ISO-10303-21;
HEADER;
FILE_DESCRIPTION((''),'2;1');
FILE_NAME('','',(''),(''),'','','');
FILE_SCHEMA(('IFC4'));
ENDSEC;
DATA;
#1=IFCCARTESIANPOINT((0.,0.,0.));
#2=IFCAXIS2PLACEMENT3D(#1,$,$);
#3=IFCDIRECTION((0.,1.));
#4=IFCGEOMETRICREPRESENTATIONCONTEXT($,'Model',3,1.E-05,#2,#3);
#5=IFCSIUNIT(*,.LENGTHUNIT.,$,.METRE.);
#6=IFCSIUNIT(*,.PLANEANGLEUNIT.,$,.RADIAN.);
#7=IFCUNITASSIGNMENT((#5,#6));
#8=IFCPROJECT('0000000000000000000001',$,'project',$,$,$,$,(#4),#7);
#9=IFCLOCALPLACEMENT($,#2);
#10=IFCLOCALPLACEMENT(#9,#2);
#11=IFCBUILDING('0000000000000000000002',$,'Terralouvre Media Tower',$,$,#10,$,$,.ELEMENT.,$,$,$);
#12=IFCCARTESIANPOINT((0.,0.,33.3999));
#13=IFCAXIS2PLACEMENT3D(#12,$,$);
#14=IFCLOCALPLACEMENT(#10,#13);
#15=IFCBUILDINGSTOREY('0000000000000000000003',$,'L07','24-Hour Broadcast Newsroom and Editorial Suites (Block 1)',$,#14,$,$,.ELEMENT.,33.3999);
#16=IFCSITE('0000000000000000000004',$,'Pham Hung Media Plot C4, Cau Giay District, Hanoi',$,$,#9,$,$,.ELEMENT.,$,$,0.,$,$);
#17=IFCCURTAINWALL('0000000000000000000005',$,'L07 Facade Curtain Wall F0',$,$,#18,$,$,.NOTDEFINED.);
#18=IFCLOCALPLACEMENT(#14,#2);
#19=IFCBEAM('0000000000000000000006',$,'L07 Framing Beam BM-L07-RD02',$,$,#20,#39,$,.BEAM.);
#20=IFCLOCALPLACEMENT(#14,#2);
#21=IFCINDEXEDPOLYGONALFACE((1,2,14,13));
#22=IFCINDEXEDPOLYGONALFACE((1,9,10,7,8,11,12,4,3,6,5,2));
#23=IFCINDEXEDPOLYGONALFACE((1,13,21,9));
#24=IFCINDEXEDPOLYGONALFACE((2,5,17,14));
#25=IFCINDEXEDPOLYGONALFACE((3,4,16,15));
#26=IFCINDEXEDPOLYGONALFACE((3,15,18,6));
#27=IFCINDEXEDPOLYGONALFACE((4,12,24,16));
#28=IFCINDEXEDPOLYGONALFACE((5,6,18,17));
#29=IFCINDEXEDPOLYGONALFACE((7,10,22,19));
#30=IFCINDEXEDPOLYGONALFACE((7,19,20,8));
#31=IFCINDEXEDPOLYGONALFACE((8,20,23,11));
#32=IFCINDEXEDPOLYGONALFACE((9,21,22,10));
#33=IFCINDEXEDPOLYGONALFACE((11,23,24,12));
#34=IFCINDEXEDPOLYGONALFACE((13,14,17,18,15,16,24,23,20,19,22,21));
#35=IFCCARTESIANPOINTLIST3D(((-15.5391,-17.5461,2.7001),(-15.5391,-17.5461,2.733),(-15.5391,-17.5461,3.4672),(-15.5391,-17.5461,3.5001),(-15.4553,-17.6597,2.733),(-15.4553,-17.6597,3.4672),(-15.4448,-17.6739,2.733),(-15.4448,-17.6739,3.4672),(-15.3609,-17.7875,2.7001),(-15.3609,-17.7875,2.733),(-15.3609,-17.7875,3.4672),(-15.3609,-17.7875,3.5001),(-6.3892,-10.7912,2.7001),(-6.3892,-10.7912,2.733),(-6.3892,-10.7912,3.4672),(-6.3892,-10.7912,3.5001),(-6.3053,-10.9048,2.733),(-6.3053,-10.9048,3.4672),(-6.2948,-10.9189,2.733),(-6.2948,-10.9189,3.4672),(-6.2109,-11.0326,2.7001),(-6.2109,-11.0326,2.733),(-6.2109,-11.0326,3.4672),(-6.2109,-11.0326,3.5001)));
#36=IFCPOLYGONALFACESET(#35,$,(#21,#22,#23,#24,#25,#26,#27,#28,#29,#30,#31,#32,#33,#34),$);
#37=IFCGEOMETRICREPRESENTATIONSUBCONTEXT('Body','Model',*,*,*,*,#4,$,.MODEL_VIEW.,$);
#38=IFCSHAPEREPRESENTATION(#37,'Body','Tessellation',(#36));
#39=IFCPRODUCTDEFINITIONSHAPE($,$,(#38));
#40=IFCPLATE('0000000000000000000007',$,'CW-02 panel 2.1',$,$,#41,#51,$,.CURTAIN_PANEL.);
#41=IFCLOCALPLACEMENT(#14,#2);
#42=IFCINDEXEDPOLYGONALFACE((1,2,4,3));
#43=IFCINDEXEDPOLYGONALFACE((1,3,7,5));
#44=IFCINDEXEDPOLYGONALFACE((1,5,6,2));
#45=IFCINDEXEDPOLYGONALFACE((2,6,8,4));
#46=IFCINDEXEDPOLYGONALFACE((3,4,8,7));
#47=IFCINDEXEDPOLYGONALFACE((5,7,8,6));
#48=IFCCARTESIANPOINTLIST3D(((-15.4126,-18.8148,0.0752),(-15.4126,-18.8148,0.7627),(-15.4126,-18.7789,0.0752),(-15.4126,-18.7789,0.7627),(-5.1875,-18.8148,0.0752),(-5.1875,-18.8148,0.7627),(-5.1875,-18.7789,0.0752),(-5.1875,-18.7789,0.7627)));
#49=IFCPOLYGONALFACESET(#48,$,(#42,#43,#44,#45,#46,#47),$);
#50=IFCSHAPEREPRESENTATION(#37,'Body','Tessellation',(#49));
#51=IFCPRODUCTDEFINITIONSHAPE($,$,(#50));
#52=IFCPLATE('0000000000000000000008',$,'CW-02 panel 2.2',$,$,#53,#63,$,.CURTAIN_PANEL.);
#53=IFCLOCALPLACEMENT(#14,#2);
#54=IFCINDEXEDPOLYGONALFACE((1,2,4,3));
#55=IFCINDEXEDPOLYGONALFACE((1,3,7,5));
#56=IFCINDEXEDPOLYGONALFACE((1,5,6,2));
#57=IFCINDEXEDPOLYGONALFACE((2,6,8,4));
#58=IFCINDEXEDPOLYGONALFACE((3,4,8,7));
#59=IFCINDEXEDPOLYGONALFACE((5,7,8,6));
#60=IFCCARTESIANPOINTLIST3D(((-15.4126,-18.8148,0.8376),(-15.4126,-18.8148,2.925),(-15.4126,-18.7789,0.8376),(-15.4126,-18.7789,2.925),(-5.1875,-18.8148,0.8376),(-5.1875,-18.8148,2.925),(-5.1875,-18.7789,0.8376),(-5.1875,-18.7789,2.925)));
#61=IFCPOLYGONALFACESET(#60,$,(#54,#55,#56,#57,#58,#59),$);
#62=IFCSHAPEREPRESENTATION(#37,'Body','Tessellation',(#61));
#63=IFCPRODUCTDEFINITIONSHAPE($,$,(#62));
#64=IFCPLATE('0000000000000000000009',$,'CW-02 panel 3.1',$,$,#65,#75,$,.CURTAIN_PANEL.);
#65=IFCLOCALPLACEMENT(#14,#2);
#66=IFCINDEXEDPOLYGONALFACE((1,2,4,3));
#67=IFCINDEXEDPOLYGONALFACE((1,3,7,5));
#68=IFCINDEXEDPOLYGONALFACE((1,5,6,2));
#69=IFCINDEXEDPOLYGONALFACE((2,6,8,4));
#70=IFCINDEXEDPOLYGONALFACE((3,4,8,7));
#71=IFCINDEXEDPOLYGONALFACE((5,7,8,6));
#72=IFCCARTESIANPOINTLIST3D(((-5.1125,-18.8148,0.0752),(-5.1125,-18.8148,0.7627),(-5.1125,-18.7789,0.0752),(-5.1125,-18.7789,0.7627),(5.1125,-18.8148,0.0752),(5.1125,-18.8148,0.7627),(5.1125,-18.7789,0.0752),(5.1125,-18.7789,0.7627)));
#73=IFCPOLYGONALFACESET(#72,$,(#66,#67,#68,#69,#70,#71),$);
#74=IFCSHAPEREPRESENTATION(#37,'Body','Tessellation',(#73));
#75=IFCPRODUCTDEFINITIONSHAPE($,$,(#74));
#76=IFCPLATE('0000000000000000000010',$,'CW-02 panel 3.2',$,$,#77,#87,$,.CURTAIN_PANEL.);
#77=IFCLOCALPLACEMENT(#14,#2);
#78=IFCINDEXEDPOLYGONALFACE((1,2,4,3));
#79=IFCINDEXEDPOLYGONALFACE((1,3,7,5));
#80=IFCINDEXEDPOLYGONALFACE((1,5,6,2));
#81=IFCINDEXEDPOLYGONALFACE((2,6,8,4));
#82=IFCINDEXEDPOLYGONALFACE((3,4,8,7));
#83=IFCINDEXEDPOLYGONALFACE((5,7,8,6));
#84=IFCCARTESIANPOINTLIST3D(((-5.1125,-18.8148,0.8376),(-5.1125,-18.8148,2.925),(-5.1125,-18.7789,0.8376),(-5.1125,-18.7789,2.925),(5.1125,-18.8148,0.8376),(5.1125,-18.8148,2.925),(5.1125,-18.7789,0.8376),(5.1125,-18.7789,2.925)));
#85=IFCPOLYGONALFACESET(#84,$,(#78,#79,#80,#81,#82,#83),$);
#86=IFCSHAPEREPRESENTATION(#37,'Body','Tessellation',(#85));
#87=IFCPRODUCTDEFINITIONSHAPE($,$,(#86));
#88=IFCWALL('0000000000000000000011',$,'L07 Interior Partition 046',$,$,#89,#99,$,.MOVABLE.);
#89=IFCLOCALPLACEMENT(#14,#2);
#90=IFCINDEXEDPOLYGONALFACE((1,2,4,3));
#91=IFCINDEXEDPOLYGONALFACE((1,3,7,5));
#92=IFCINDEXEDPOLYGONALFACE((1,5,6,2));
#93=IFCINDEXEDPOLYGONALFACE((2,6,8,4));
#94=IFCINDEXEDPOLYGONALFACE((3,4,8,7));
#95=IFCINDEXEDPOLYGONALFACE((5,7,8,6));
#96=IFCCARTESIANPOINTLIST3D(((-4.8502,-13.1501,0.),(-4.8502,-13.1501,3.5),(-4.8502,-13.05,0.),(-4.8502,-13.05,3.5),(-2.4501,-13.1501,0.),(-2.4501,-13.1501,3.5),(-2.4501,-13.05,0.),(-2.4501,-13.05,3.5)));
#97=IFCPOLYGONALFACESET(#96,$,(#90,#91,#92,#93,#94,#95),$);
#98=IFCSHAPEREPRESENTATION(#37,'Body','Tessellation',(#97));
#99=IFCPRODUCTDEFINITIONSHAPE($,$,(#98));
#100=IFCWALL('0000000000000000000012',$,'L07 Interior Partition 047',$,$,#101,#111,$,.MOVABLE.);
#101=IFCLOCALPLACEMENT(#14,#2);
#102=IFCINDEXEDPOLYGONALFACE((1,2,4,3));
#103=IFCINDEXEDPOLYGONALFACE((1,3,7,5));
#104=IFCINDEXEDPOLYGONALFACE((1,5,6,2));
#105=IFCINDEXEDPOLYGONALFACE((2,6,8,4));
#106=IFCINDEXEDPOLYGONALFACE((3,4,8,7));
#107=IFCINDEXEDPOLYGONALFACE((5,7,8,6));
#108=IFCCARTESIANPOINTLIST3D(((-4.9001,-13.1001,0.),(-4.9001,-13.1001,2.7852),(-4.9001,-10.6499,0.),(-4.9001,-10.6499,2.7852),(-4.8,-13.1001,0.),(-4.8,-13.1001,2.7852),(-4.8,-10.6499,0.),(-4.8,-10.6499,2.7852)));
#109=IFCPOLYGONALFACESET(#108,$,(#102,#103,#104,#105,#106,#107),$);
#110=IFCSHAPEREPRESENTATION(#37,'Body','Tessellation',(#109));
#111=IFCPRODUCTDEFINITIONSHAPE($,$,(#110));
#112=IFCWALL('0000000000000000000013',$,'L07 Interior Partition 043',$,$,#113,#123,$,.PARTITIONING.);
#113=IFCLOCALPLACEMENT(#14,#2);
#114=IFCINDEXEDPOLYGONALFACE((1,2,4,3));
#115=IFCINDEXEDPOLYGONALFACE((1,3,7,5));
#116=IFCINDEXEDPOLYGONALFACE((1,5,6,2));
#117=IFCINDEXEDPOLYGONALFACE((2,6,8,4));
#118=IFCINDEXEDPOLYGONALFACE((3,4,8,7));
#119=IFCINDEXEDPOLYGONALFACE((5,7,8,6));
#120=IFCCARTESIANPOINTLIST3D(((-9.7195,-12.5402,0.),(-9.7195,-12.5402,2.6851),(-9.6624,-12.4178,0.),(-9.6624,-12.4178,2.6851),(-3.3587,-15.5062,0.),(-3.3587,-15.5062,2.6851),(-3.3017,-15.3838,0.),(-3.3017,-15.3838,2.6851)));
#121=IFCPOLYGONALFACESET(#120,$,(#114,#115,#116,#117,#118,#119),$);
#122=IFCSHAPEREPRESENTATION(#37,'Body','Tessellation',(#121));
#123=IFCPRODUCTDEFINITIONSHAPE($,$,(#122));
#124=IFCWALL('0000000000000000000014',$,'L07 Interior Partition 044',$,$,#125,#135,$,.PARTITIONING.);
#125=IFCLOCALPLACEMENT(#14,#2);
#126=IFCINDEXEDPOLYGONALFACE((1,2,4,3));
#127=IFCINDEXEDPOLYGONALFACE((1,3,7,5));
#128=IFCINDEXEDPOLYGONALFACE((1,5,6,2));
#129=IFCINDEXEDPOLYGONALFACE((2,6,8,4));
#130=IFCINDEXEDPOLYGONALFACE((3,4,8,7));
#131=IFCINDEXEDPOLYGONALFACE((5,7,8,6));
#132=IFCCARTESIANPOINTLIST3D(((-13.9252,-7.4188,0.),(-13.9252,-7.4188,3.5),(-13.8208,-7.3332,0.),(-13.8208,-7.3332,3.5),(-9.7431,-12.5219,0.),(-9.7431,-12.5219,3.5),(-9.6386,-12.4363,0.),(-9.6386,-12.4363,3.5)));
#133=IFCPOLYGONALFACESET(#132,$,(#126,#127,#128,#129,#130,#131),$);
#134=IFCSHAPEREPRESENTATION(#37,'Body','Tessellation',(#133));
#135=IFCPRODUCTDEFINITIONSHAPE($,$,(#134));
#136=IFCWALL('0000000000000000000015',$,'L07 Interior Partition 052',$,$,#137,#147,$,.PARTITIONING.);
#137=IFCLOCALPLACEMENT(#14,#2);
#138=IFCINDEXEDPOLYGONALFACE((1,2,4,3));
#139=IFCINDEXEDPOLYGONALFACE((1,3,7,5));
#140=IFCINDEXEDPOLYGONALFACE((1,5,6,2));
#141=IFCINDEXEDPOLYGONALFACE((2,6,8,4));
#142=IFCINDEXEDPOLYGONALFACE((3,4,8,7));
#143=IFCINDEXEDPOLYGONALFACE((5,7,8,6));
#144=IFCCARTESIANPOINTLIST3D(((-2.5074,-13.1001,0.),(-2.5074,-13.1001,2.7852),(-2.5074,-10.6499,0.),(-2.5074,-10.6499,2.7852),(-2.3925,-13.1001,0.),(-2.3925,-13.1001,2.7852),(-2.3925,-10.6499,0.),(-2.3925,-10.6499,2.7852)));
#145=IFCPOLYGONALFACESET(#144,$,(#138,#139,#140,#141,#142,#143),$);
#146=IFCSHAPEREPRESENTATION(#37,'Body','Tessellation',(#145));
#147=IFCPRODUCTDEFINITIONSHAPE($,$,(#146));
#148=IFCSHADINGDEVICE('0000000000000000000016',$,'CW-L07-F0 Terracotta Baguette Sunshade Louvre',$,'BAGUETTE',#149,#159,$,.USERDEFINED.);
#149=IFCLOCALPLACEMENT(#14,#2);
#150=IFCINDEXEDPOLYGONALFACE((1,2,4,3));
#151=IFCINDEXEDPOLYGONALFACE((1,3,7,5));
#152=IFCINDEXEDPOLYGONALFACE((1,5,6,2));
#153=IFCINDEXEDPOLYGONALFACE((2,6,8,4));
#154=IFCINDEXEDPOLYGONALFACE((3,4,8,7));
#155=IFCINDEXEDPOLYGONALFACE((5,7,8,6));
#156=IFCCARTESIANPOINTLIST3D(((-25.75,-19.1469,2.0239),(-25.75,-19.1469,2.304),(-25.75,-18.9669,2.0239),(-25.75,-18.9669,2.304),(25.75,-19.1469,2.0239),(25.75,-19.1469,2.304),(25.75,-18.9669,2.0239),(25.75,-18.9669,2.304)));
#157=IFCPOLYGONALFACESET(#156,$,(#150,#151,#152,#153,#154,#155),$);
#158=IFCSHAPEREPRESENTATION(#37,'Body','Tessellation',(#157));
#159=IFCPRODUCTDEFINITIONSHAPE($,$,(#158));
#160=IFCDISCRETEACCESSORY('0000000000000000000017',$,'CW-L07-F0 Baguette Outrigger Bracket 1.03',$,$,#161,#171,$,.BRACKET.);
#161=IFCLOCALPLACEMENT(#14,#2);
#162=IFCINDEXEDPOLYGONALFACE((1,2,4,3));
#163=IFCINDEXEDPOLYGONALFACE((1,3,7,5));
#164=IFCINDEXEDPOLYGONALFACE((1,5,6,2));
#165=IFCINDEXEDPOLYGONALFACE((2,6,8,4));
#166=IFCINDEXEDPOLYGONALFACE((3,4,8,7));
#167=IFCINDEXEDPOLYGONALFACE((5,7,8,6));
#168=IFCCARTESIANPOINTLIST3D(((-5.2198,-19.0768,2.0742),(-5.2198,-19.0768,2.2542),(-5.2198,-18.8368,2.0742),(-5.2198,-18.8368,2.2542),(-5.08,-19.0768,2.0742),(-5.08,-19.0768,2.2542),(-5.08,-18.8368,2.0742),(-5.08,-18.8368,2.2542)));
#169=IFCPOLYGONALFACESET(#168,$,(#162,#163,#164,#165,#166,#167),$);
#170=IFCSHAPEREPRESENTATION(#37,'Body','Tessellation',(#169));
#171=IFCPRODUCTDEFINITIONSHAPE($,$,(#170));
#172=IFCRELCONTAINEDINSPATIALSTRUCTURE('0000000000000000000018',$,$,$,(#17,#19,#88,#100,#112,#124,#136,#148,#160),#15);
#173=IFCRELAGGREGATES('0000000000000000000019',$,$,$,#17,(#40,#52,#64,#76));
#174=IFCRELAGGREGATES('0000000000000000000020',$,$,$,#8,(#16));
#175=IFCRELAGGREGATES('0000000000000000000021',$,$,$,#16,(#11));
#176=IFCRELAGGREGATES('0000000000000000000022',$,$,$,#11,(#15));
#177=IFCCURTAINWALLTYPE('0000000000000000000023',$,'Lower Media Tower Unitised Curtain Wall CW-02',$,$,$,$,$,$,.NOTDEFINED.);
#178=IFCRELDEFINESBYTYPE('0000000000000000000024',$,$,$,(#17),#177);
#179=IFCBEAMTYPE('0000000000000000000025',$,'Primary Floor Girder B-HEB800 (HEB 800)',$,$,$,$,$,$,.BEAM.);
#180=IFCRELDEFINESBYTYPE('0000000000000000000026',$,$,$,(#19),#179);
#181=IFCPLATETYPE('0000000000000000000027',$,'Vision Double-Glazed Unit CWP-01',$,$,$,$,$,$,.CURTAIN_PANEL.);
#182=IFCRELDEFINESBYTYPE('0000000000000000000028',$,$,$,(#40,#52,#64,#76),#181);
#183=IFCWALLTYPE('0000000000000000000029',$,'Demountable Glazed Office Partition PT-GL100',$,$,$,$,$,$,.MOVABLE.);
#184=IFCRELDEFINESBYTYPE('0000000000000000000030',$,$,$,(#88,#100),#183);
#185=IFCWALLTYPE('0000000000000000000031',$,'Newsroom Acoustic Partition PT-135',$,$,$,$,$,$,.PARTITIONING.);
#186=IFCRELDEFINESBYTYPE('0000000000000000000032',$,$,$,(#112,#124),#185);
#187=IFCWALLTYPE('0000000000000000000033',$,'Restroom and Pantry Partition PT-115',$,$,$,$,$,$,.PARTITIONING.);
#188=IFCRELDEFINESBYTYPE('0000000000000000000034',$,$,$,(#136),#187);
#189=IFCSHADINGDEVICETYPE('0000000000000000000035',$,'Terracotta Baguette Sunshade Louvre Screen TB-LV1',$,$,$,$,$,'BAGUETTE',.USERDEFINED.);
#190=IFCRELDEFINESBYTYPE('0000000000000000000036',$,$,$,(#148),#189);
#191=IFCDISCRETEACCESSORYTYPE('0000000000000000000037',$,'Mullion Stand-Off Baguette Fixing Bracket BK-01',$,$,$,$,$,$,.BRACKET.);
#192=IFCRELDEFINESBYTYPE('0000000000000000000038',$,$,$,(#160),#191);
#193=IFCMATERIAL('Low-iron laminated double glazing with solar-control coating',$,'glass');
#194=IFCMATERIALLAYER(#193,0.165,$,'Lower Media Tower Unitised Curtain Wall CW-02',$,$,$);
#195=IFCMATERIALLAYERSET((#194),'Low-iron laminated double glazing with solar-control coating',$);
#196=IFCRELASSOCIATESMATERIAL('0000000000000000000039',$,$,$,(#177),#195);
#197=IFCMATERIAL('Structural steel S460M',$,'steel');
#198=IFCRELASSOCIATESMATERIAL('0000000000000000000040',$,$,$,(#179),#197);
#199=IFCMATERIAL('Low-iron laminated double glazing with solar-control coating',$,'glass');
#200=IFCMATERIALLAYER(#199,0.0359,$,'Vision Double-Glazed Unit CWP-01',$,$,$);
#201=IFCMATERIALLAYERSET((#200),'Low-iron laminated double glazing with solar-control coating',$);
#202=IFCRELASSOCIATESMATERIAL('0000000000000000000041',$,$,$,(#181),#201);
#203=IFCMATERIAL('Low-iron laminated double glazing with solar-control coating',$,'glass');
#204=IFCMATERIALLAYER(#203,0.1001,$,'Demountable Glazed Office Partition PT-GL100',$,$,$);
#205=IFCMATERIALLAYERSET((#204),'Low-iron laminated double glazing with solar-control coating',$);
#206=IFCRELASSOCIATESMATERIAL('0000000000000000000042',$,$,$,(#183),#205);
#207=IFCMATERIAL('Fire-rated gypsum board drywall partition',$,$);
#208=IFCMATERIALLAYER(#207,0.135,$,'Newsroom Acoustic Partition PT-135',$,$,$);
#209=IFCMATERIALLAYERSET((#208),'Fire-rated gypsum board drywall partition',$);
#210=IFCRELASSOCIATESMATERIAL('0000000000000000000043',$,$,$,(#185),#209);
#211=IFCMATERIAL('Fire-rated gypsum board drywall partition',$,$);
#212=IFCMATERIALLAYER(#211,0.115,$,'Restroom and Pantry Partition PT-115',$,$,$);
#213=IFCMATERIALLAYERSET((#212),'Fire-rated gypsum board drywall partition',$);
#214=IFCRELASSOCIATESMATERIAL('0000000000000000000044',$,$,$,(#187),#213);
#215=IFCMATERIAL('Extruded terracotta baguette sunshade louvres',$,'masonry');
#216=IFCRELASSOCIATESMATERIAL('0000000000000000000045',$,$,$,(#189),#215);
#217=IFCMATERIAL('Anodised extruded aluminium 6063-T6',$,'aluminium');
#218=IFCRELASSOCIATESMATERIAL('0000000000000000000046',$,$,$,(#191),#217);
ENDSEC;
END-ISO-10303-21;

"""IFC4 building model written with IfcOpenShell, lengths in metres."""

from ifc_helpers import new_model, si_unit, direction, frame, frame_2d, origin, origin_2d, place, context, subcontext, project, spatial, rectangle, i_section, extrude, material, layer, layer_set, material_profile, profile_set, type_object, element, aggregate, save


model = new_model("IFC4")

# Units and contexts
model_context = context("Model", 3, precision=1e-05, world=origin(), true_north=direction((0.0, 1.0)))
body_context = subcontext(model_context, "Body", "Model", "MODEL_VIEW")
ifc_project = project(units=[si_unit("LENGTHUNIT", "METRE"), si_unit("PLANEANGLEUNIT", "RADIAN")], contexts=[model_context])

# Site, building, storey
site_placement = place(None, origin())
site = spatial("IfcSite", under=ifc_project, at=site_placement, Name="Pham Hung Media Plot C4, Cau Giay District, Hanoi", CompositionType="ELEMENT", RefElevation=0.0)
building_placement = place(site_placement, origin())
building = spatial("IfcBuilding", under=site, at=building_placement, Name="Terralouvre Media Tower", CompositionType="ELEMENT")
storey_placement = place(building_placement, frame((0.0, 0.0, 33.3999)))
storey = spatial("IfcBuildingStorey", under=building, at=storey_placement, Name="L07", Description="24-Hour Broadcast Newsroom and Editorial Suites (Block 1)", CompositionType="ELEMENT", Elevation=33.3999)

# Curtain wall
ifc_material_1 = material(Name="Low-iron laminated double glazing with solar-control coating", Category="glass")
ifc_layer_1 = layer(ifc_material_1, 0.165, Name="Lower Media Tower Unitised Curtain Wall CW-02")
ifc_layer_set_1 = layer_set([ifc_layer_1], Name="Low-iron laminated double glazing with solar-control coating")
curtain_wall_type = type_object("IfcCurtainWallType", Name="Lower Media Tower Unitised Curtain Wall CW-02", PredefinedType="NOTDEFINED", material=ifc_layer_set_1)
curtain_wall_placement = place(storey_placement, origin())
curtain_wall = element("IfcCurtainWall", 1, at=curtain_wall_placement, inside=storey, type_object=curtain_wall_type, Name="L07 Facade Curtain Wall F0", PredefinedType="NOTDEFINED")

# Beam
ifc_material_2 = material(Name="Structural steel S460M", Category="steel")
ifc_material_profile_1 = material_profile(ifc_material_2, i_section(OverallWidth=0.3, OverallDepth=0.8, WebThickness=0.0176, FlangeThickness=0.033, at=origin_2d()), Name="HEB 800")
ifc_profile_set_1 = profile_set([ifc_material_profile_1], Name="Structural steel S460M")
beam_type_1 = type_object("IfcBeamType", Name="Primary Floor Girder B-HEB800 (HEB 800)", PredefinedType="BEAM", material=ifc_profile_set_1)
beam_1_placement = place(storey_placement, frame((-6.3, -10.9119, 3.1001), z_axis=(-0.804516, -0.593931, 0.0), x_axis=(0.593931, -0.804516, 0.0)))
element("IfcBeam", 2, at=beam_1_placement, inside=storey, type_object=beam_type_1, Name="L07 Framing Beam BM-L07-RD02", PredefinedType="BEAM", context=body_context, shape_type="SweptSolid", body=[
    extrude(i_section(OverallWidth=0.3, OverallDepth=0.8, WebThickness=0.0176, FlangeThickness=0.033, at=origin_2d()), origin(), (0.0, 0.0, 1.0), 11.3733),
])

# Plates
ifc_material_3 = material(Name="Low-iron laminated double glazing with solar-control coating", Category="glass")
ifc_layer_2 = layer(ifc_material_3, 0.0359, Name="Vision Double-Glazed Unit CWP-01")
ifc_layer_set_2 = layer_set([ifc_layer_2], Name="Low-iron laminated double glazing with solar-control coating")
plate_type = type_object("IfcPlateType", Name="Vision Double-Glazed Unit CWP-01", PredefinedType="CURTAIN_PANEL", material=ifc_layer_set_2)
plate_1_placement = place(storey_placement, frame((-10.3, -18.7969, 0.0752), z_axis=(0.0, 0.0, 1.0), x_axis=(1.0, 0.0, 0.0)))
plate_1 = element("IfcPlate", 3, at=plate_1_placement, type_object=plate_type, Name="CW-02 panel 2.1", PredefinedType="CURTAIN_PANEL", context=body_context, shape_type="SweptSolid", body=[
    extrude(rectangle(XDim=10.2251, YDim=0.0359, at=origin_2d()), origin(), (0.0, 0.0, 1.0), 0.6875),
])
plate_2_placement = place(storey_placement, frame((-10.3, -18.7969, 0.8376), z_axis=(0.0, 0.0, 1.0), x_axis=(1.0, 0.0, 0.0)))
plate_2 = element("IfcPlate", 4, at=plate_2_placement, type_object=plate_type, Name="CW-02 panel 2.2", PredefinedType="CURTAIN_PANEL", context=body_context, shape_type="SweptSolid", body=[
    extrude(rectangle(XDim=10.2251, YDim=0.0359, at=origin_2d()), origin(), (0.0, 0.0, 1.0), 2.0874),
])
plate_3_placement = place(storey_placement, frame((0.0, -18.7969, 0.0752), z_axis=(0.0, 0.0, 1.0), x_axis=(1.0, 0.0, 0.0)))
plate_3 = element("IfcPlate", 5, at=plate_3_placement, type_object=plate_type, Name="CW-02 panel 3.1", PredefinedType="CURTAIN_PANEL", context=body_context, shape_type="SweptSolid", body=[
    extrude(rectangle(XDim=10.2251, YDim=0.0359, at=origin_2d()), origin(), (0.0, 0.0, 1.0), 0.6875),
])
plate_4_placement = place(storey_placement, frame((0.0, -18.7969, 0.8376), z_axis=(0.0, 0.0, 1.0), x_axis=(1.0, 0.0, 0.0)))
plate_4 = element("IfcPlate", 6, at=plate_4_placement, type_object=plate_type, Name="CW-02 panel 3.2", PredefinedType="CURTAIN_PANEL", context=body_context, shape_type="SweptSolid", body=[
    extrude(rectangle(XDim=10.2251, YDim=0.0359, at=origin_2d()), origin(), (0.0, 0.0, 1.0), 2.0874),
])
aggregate(curtain_wall, [plate_1, plate_2, plate_3, plate_4])

# Walls
ifc_material_4 = material(Name="Low-iron laminated double glazing with solar-control coating", Category="glass")
ifc_layer_3 = layer(ifc_material_4, 0.1001, Name="Demountable Glazed Office Partition PT-GL100")
ifc_layer_set_3 = layer_set([ifc_layer_3], Name="Low-iron laminated double glazing with solar-control coating")
wall_type_1 = type_object("IfcWallType", Name="Demountable Glazed Office Partition PT-GL100", PredefinedType="MOVABLE", material=ifc_layer_set_3)
wall_1_placement = place(storey_placement, frame((-2.45, -13.1001, 0.0), z_axis=(0.0, 0.0, 1.0), x_axis=(-1.0, 0.0, 0.0)))
element("IfcWall", 7, at=wall_1_placement, inside=storey, type_object=wall_type_1, Name="L07 Interior Partition 046", PredefinedType="MOVABLE", context=body_context, shape_type="SweptSolid", body=[
    extrude(rectangle(XDim=2.4001, YDim=0.1001, at=frame_2d((1.2002, 0.0))), origin(), (0.0, 0.0, 1.0), 3.5),
])
wall_2_placement = place(storey_placement, frame((-4.8501, -13.1001, 0.0), z_axis=(0.0, 0.0, 1.0), x_axis=(0.0, 1.0, 0.0)))
element("IfcWall", 8, at=wall_2_placement, inside=storey, type_object=wall_type_1, Name="L07 Interior Partition 047", PredefinedType="MOVABLE", context=body_context, shape_type="SweptSolid", body=[
    extrude(rectangle(XDim=2.4502, YDim=0.1001, at=frame_2d((1.2251, 0.0))), origin(), (0.0, 0.0, 1.0), 2.7852),
])
ifc_material_5 = material(Name="Fire-rated gypsum board drywall partition")
ifc_layer_4 = layer(ifc_material_5, 0.135, Name="Newsroom Acoustic Partition PT-135")
ifc_layer_set_4 = layer_set([ifc_layer_4], Name="Fire-rated gypsum board drywall partition")
wall_type_2 = type_object("IfcWallType", Name="Newsroom Acoustic Partition PT-135", PredefinedType="PARTITIONING", material=ifc_layer_set_4)
wall_3_placement = place(storey_placement, frame((-3.3301, -15.4451, 0.0), z_axis=(0.0, 0.0, 1.0), x_axis=(-0.90631, 0.422613, 0.0)))
element("IfcWall", 9, at=wall_3_placement, inside=storey, type_object=wall_type_2, Name="L07 Interior Partition 043", PredefinedType="PARTITIONING", context=body_context, shape_type="SweptSolid", body=[
    extrude(rectangle(XDim=7.0183, YDim=0.135, at=frame_2d((3.5093, 0.0))), origin(), (0.0, 0.0, 1.0), 2.6851),
])
wall_4_placement = place(storey_placement, frame((-9.6909, -12.479, 0.0), z_axis=(0.0, 0.0, 1.0), x_axis=(-0.633866, 0.773443, 0.0)))
element("IfcWall", 10, at=wall_4_placement, inside=storey, type_object=wall_type_2, Name="L07 Interior Partition 044", PredefinedType="PARTITIONING", context=body_context, shape_type="SweptSolid", body=[
    extrude(rectangle(XDim=6.5979, YDim=0.135, at=frame_2d((3.2988, 0.0))), origin(), (0.0, 0.0, 1.0), 3.5),
])
ifc_material_6 = material(Name="Fire-rated gypsum board drywall partition")
ifc_layer_5 = layer(ifc_material_6, 0.115, Name="Restroom and Pantry Partition PT-115")
ifc_layer_set_5 = layer_set([ifc_layer_5], Name="Fire-rated gypsum board drywall partition")
wall_type_3 = type_object("IfcWallType", Name="Restroom and Pantry Partition PT-115", PredefinedType="PARTITIONING", material=ifc_layer_set_5)
wall_5_placement = place(storey_placement, frame((-2.45, -13.1001, 0.0), z_axis=(0.0, 0.0, 1.0), x_axis=(0.0, 1.0, 0.0)))
element("IfcWall", 11, at=wall_5_placement, inside=storey, type_object=wall_type_3, Name="L07 Interior Partition 052", PredefinedType="PARTITIONING", context=body_context, shape_type="SweptSolid", body=[
    extrude(rectangle(XDim=2.4502, YDim=0.115, at=frame_2d((1.2251, 0.0))), origin(), (0.0, 0.0, 1.0), 2.7852),
])

# Shading device
ifc_material_7 = material(Name="Extruded terracotta baguette sunshade louvres", Category="masonry")
shading_device_type = type_object("IfcShadingDeviceType", Name="Terracotta Baguette Sunshade Louvre Screen TB-LV1", ElementType="BAGUETTE", PredefinedType="USERDEFINED", material=ifc_material_7)
shading_device_placement = place(storey_placement, frame((0.0, -19.0569, 2.0239), z_axis=(0.0, 0.0, 1.0), x_axis=(1.0, 0.0, 0.0)))
element("IfcShadingDevice", 12, at=shading_device_placement, inside=storey, type_object=shading_device_type, Name="CW-L07-F0 Terracotta Baguette Sunshade Louvre", ObjectType="BAGUETTE", PredefinedType="USERDEFINED", context=body_context, shape_type="SweptSolid", body=[
    extrude(rectangle(XDim=51.5, YDim=0.1799, at=origin_2d()), origin(), (0.0, 0.0, 1.0), 0.28),
])

# Discrete accessory
ifc_material_8 = material(Name="Anodised extruded aluminium 6063-T6", Category="aluminium")
discrete_accessory_type = type_object("IfcDiscreteAccessoryType", Name="Mullion Stand-Off Baguette Fixing Bracket BK-01", PredefinedType="BRACKET", material=ifc_material_8)
discrete_accessory_placement = place(storey_placement, frame((-5.1499, -18.9568, 2.0742), z_axis=(0.0, 0.0, 1.0), x_axis=(1.0, 0.0, 0.0)))
element("IfcDiscreteAccessory", 13, at=discrete_accessory_placement, inside=storey, type_object=discrete_accessory_type, Name="CW-L07-F0 Baguette Outrigger Bracket 1.03", PredefinedType="BRACKET", context=body_context, shape_type="SweptSolid", body=[
    extrude(rectangle(XDim=0.1399, YDim=0.24, at=origin_2d()), origin(), (0.0, 0.0, 1.0), 0.1799),
])

save(model, "model.ifc")
